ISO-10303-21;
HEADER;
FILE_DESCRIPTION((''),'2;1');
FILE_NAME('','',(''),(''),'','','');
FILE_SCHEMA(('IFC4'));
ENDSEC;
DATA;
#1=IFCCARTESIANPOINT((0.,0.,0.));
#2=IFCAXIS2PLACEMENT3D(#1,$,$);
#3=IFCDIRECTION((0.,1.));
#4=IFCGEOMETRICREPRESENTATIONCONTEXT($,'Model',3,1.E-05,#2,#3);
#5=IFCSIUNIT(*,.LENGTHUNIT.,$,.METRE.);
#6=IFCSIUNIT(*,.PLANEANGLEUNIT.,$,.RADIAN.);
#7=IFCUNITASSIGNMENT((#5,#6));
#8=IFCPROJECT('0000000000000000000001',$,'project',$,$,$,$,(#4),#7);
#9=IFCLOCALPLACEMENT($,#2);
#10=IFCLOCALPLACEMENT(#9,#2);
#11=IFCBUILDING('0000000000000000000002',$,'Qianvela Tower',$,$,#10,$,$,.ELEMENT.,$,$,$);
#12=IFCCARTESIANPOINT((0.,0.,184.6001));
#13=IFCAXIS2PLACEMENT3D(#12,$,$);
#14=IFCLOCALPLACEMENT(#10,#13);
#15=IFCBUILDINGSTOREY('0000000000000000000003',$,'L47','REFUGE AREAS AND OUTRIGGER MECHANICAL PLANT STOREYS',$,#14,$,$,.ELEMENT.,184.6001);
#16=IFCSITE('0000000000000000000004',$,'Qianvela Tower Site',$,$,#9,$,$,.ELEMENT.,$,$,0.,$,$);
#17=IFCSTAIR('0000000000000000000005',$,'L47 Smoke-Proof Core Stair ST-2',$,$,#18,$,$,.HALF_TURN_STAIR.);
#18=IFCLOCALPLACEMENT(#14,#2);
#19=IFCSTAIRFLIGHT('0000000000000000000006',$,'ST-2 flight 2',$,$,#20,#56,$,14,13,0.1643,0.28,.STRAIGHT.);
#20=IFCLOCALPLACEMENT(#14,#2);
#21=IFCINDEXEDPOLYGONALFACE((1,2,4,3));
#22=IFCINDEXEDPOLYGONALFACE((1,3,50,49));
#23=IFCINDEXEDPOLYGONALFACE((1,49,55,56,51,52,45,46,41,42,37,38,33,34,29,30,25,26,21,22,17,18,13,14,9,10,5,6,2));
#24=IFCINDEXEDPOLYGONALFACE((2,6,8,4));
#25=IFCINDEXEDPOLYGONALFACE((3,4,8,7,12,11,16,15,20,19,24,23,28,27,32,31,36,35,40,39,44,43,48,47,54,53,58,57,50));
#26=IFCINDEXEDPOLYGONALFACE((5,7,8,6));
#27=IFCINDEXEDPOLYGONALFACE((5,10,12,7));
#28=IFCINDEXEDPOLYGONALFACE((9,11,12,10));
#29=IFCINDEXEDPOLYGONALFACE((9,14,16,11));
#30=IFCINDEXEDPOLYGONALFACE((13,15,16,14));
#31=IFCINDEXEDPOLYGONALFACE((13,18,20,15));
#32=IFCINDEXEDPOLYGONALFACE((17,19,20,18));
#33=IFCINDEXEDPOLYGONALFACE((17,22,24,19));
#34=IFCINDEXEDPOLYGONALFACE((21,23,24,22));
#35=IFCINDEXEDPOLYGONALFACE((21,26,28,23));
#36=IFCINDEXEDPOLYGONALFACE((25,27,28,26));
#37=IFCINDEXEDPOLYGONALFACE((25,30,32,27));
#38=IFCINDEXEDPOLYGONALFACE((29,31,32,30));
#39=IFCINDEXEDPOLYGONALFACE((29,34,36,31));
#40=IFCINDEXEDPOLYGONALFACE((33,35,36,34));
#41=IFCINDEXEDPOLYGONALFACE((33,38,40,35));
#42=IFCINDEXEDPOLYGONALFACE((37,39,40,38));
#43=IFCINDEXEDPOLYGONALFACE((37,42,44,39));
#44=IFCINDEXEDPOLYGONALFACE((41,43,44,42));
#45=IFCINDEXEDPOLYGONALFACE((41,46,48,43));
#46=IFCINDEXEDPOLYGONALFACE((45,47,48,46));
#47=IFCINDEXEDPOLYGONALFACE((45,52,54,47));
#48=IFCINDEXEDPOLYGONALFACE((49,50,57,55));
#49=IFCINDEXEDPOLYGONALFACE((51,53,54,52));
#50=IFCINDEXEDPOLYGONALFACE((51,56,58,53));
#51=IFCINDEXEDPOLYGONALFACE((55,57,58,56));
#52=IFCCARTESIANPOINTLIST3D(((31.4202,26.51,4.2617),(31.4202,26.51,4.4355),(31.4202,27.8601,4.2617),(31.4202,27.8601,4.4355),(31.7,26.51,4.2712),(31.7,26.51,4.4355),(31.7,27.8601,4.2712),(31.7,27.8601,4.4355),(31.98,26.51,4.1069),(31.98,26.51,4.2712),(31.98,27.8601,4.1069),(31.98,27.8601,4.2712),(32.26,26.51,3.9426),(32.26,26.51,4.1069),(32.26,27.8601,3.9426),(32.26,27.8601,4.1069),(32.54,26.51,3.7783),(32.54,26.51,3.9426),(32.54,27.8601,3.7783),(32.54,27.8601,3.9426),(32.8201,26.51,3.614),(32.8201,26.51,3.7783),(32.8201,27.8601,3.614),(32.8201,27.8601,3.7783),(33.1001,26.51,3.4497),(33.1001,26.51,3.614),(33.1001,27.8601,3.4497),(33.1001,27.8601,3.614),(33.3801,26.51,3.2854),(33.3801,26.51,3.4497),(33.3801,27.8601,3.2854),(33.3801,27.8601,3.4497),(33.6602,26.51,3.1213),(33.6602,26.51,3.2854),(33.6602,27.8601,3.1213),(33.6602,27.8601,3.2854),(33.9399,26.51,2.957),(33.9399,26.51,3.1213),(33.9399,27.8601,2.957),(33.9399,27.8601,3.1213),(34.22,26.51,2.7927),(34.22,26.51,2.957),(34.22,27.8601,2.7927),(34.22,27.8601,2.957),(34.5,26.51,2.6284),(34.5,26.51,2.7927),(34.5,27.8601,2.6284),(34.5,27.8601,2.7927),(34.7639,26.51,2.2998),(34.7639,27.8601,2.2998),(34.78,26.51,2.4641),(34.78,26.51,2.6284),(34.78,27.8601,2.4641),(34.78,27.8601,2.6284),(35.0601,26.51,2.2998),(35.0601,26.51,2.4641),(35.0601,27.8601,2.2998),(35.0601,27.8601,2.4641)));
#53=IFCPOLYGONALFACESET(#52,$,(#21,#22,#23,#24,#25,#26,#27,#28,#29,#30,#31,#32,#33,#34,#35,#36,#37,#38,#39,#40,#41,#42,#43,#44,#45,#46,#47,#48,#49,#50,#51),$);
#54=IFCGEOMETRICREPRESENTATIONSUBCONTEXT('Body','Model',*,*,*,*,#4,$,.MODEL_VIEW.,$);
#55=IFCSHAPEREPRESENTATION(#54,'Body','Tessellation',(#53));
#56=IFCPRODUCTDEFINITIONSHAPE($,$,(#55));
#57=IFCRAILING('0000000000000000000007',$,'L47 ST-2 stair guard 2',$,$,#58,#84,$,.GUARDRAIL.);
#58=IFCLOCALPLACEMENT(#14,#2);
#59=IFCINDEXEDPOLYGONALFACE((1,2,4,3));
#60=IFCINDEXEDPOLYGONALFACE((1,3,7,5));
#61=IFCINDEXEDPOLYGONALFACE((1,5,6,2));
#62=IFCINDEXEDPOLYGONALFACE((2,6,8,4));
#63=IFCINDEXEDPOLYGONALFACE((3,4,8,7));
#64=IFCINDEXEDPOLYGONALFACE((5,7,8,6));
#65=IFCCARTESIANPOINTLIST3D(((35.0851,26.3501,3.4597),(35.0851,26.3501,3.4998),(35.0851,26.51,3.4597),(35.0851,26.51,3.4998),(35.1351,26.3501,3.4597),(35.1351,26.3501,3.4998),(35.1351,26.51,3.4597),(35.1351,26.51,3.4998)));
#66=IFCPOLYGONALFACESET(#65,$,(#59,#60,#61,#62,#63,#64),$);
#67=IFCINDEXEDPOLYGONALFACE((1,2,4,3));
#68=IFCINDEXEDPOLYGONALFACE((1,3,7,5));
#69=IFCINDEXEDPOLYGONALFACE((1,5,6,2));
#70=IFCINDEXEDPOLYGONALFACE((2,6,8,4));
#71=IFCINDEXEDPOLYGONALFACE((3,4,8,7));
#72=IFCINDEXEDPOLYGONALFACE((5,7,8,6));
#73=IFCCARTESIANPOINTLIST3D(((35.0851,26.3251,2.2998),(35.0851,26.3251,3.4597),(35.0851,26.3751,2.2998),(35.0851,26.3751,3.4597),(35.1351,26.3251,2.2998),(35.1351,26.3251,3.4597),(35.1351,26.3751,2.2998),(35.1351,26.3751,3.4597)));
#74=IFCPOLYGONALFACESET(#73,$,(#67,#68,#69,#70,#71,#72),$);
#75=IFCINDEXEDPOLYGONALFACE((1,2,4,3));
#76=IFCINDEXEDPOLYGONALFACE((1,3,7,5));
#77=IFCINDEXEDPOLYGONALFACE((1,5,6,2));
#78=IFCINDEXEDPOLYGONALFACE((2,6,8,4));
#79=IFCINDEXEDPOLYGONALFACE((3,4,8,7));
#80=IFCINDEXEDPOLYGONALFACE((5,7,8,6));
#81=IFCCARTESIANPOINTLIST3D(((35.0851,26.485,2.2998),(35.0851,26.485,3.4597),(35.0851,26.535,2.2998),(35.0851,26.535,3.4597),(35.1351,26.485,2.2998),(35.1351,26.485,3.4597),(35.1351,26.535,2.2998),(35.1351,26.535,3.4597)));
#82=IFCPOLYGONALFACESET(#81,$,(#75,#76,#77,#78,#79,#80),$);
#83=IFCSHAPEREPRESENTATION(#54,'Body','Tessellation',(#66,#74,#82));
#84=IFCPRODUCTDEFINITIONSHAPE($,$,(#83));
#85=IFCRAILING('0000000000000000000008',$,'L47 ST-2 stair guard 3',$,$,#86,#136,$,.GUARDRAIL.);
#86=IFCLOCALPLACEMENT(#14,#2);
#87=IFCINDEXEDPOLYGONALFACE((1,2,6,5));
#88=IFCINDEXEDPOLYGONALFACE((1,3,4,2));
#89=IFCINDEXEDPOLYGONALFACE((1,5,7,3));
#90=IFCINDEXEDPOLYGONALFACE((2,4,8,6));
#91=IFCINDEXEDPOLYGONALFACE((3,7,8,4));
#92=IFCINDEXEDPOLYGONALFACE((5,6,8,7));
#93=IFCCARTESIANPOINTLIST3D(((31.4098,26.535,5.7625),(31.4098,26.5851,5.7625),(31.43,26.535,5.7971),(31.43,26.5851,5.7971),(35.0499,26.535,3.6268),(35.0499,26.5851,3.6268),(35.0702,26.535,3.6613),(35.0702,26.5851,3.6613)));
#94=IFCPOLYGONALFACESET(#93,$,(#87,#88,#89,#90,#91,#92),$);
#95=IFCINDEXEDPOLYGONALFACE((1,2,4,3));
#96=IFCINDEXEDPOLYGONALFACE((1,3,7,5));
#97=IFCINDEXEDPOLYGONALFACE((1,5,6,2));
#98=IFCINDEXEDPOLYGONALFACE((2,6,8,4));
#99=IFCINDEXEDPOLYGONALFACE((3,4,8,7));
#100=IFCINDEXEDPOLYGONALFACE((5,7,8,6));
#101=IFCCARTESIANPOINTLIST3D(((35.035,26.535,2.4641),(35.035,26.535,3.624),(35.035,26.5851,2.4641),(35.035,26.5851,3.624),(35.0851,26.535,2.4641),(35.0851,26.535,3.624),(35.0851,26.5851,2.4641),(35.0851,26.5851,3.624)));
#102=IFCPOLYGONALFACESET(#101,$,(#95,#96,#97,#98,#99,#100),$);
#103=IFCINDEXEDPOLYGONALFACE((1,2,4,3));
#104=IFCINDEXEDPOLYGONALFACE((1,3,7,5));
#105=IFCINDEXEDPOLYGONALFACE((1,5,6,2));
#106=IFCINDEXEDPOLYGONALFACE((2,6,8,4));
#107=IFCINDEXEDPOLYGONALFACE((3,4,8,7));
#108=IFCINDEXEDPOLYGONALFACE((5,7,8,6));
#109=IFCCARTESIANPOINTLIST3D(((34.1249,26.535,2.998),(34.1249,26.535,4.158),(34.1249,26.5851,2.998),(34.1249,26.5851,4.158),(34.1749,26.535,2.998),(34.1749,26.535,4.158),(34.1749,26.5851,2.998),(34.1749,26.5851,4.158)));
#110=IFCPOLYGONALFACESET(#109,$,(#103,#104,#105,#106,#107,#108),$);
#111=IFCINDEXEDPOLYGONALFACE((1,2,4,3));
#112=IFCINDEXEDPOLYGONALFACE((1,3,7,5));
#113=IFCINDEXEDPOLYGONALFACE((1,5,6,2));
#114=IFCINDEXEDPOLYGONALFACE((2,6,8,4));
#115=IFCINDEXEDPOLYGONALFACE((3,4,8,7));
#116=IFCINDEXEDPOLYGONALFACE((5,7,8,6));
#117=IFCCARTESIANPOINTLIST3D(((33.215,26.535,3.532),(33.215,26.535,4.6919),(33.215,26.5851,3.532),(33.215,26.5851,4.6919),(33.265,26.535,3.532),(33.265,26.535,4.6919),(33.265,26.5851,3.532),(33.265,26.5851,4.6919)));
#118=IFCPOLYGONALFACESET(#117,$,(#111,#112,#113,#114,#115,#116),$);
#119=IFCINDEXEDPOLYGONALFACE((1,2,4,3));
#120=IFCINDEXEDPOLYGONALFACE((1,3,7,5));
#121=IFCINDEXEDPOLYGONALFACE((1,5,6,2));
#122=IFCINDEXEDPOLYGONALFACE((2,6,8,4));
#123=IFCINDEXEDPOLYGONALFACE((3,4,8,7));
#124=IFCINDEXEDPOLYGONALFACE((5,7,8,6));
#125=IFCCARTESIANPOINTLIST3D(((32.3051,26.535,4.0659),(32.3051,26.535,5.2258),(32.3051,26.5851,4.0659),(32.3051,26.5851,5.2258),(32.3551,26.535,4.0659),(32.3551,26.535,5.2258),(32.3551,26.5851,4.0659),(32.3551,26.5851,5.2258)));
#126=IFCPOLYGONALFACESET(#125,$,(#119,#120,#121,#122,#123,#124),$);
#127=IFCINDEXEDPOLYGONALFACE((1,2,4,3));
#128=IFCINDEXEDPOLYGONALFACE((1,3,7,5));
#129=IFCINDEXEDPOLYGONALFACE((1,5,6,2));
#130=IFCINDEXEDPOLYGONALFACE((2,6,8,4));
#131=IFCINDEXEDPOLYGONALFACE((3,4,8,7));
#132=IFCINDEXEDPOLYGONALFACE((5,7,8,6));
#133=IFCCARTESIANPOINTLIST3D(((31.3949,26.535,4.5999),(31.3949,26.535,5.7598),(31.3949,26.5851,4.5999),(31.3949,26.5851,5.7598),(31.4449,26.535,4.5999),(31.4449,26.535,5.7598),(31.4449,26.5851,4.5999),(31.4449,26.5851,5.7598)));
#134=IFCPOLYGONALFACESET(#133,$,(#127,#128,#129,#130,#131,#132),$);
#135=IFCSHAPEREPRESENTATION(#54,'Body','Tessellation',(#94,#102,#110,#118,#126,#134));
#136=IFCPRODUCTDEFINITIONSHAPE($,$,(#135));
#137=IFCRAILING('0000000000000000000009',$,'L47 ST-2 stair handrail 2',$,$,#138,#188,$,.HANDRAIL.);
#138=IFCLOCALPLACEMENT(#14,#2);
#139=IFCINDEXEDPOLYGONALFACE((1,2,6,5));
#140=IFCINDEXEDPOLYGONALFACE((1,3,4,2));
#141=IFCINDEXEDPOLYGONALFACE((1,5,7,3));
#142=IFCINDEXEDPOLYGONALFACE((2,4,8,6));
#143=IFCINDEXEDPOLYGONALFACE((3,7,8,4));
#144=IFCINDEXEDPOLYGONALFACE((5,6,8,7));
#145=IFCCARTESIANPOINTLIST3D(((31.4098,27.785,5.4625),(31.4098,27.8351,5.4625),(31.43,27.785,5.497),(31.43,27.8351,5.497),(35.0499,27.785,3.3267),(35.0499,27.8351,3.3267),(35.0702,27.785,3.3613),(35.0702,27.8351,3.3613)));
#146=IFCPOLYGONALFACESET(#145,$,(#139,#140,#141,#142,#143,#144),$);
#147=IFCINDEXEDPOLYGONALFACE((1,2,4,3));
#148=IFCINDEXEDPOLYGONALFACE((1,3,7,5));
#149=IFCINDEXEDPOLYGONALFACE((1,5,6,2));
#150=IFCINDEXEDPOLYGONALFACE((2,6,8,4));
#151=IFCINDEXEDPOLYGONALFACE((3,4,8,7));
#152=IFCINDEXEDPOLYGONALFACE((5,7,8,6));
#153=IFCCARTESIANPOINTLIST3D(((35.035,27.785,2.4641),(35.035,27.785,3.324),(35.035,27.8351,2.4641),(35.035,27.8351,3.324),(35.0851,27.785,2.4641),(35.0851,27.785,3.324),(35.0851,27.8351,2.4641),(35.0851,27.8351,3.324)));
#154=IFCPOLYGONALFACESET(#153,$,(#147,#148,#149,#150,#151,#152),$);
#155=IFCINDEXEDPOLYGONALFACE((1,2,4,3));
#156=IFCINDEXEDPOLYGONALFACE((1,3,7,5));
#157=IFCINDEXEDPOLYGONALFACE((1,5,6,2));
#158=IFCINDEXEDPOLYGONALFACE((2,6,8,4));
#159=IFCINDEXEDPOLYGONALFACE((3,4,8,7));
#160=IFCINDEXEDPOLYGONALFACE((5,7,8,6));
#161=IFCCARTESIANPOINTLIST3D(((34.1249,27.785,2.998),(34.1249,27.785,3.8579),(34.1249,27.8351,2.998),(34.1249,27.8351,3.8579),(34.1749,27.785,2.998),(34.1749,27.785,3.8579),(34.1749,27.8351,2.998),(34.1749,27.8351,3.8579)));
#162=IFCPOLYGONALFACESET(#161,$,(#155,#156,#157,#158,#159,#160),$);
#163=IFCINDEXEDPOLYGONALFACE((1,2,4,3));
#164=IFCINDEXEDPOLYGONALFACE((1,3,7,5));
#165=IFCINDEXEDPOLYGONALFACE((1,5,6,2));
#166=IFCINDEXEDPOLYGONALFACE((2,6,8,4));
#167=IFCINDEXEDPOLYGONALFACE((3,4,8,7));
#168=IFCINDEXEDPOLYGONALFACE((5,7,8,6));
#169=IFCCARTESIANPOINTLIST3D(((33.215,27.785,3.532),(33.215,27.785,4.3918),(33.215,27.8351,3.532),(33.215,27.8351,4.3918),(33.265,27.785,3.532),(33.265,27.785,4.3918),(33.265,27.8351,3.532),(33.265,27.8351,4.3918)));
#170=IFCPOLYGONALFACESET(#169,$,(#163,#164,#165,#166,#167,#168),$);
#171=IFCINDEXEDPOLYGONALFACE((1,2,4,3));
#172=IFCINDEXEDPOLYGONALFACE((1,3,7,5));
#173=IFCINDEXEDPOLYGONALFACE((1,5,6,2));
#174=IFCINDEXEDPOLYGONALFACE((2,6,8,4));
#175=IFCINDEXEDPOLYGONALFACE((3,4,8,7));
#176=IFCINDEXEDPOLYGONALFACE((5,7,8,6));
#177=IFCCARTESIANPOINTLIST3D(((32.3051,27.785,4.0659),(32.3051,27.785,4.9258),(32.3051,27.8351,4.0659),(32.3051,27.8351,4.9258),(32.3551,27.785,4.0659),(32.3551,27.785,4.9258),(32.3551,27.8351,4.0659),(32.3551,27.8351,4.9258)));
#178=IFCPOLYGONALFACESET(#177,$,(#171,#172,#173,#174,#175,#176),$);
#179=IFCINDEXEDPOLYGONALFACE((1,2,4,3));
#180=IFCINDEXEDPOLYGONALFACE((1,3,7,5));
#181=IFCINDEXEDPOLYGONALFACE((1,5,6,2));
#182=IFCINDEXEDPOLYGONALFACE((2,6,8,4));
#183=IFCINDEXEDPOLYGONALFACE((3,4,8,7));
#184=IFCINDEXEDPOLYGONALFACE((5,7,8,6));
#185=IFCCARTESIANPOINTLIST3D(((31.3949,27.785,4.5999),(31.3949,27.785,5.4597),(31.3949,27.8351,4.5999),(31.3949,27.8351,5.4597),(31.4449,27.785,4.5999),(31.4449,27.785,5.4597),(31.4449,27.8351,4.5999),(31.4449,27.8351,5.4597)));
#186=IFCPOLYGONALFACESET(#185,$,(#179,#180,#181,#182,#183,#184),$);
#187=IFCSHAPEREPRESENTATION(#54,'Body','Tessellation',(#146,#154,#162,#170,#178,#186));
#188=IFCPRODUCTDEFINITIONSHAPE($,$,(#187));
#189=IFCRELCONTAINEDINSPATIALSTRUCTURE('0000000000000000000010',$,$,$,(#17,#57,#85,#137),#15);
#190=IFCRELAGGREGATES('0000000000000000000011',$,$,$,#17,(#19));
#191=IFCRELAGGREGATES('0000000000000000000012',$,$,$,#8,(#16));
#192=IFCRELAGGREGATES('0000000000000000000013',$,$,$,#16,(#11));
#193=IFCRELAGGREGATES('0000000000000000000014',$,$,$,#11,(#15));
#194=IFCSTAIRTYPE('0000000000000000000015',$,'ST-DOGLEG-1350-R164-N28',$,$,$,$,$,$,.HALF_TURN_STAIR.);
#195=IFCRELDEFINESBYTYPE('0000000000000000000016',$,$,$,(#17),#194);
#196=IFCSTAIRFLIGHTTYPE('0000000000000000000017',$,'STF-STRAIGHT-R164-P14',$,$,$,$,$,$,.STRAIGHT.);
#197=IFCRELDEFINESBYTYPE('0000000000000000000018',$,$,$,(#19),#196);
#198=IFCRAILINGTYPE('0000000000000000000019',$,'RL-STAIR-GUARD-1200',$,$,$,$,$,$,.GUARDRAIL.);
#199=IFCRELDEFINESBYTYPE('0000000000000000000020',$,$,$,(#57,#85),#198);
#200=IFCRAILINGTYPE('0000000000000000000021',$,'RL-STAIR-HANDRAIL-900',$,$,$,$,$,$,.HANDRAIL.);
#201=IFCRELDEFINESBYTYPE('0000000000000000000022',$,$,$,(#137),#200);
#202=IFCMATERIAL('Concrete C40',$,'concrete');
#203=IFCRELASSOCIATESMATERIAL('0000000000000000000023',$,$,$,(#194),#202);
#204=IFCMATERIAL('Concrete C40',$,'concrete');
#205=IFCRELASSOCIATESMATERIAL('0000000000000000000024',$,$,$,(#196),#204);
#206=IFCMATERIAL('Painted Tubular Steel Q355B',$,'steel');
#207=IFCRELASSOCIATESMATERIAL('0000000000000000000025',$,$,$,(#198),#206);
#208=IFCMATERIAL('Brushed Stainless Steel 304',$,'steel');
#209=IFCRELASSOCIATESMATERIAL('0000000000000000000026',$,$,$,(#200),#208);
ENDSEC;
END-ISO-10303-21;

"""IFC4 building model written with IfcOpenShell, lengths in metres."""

from ifc_helpers import new_model, si_unit, direction, frame, origin, origin_2d, place, context, subcontext, project, spatial, polyline, rectangle, outline, extrude, material, type_object, element, aggregate, save


model = new_model("IFC4")

# Units and contexts
model_context = context("Model", 3, precision=1e-05, world=origin(), true_north=direction((0.0, 1.0)))
body_context = subcontext(model_context, "Body", "Model", "MODEL_VIEW")
ifc_project = project(units=[si_unit("LENGTHUNIT", "METRE"), si_unit("PLANEANGLEUNIT", "RADIAN")], contexts=[model_context])

# Site, building, storey
site_placement = place(None, origin())
site = spatial("IfcSite", under=ifc_project, at=site_placement, Name="Qianvela Tower Site", CompositionType="ELEMENT", RefElevation=0.0)
building_placement = place(site_placement, origin())
building = spatial("IfcBuilding", under=site, at=building_placement, Name="Qianvela Tower", CompositionType="ELEMENT")
storey_placement = place(building_placement, frame((0.0, 0.0, 184.6001)))
storey = spatial("IfcBuildingStorey", under=building, at=storey_placement, Name="L47", Description="REFUGE AREAS AND OUTRIGGER MECHANICAL PLANT STOREYS", CompositionType="ELEMENT", Elevation=184.6001)

# Stair, stair flight
ifc_material_1 = material(Name="Concrete C40", Category="concrete")
stair_type = type_object("IfcStairType", Name="ST-DOGLEG-1350-R164-N28", PredefinedType="HALF_TURN_STAIR", material=ifc_material_1)
stair_placement = place(storey_placement, origin())
stair = element("IfcStair", 1, at=stair_placement, inside=storey, type_object=stair_type, Name="L47 Smoke-Proof Core Stair ST-2", PredefinedType="HALF_TURN_STAIR")
ifc_material_2 = material(Name="Concrete C40", Category="concrete")
stair_flight_type = type_object("IfcStairFlightType", Name="STF-STRAIGHT-R164-P14", PredefinedType="STRAIGHT", material=ifc_material_2)
stair_flight_placement = place(storey_placement, frame((35.0601, 27.1851, 2.2998), z_axis=(0.0, 0.0, 1.0), x_axis=(-1.0, 0.0, 0.0)))
stair_flight = element("IfcStairFlight", 2, at=stair_flight_placement, type_object=stair_flight_type, Name="ST-2 flight 2", NumberOfRisers=14, NumberOfTreads=13, PredefinedType="STRAIGHT", RiserHeight=0.1643, TreadLength=0.28, context=body_context, shape_type="SweptSolid", body=[
    extrude(outline(polyline([(0.0, 0.0), (0.0, 0.1643), (0.28, 0.1643), (0.28, 0.3286), (0.5601, 0.3286), (0.5601, 0.4929), (0.8401, 0.4929), (0.8401, 0.6572), (1.1201, 0.6572), (1.1201, 0.8215), (1.3999, 0.8215), (1.3999, 0.9856), (1.6799, 0.9856), (1.6799, 1.1499), (1.96, 1.1499), (1.96, 1.3142), (2.24, 1.3142), (2.24, 1.4785), (2.52, 1.4785), (2.52, 1.6428), (2.8, 1.6428), (2.8, 1.8071), (3.0801, 1.8071), (3.0801, 1.9714), (3.3601, 1.9714), (3.3601, 2.1357), (3.6399, 2.1357), (3.6399, 2.3), (3.6399, 1.9619), (0.2961, 0.0), (0.0, 0.0)])), frame((0.0, 0.675, 0.0), z_axis=(0.0, -1.0, 0.0), x_axis=(1.0, 0.0, 0.0)), (0.0, 0.0, 1.0), 1.3501),
])
aggregate(stair, [stair_flight])

# Railings
ifc_material_3 = material(Name="Painted Tubular Steel Q355B", Category="steel")
railing_type_1 = type_object("IfcRailingType", Name="RL-STAIR-GUARD-1200", PredefinedType="GUARDRAIL", material=ifc_material_3)
railing_1_placement = place(storey_placement, frame((35.1101, 26.3501, 2.2998)))
element("IfcRailing", 3, at=railing_1_placement, inside=storey, type_object=railing_type_1, Name="L47 ST-2 stair guard 2", PredefinedType="GUARDRAIL", context=body_context, shape_type="SweptSolid", body=[
    extrude(rectangle(XDim=0.05, YDim=0.04, at=origin_2d()), frame((0.0, 0.0, 1.1799), z_axis=(0.0, 1.0, 0.0), x_axis=(-1.0, 0.0, 0.0)), (0.0, 0.0, 1.0), 0.1599),
    extrude(rectangle(XDim=0.05, YDim=0.05, at=origin_2d()), origin(), (0.0, 0.0, 1.0), 1.1599),
    extrude(rectangle(XDim=0.05, YDim=0.05, at=origin_2d()), frame((0.0, 0.1599, 0.0)), (0.0, 0.0, 1.0), 1.1599),
])
railing_2_placement = place(storey_placement, frame((35.0601, 26.5601, 2.4641)))
element("IfcRailing", 4, at=railing_2_placement, inside=storey, type_object=railing_type_1, Name="L47 ST-2 stair guard 3", PredefinedType="GUARDRAIL", context=body_context, shape_type="SweptSolid", body=[
    extrude(rectangle(XDim=0.05, YDim=0.04, at=origin_2d()), frame((0.0, 0.0, 1.1799), z_axis=(-0.862505, 0.0, 0.506049), x_axis=(0.0, -1.0, 0.0)), (0.0, 0.0, 1.0), 4.2205),
    extrude(rectangle(XDim=0.05, YDim=0.05, at=origin_2d()), origin(), (0.0, 0.0, 1.0), 1.1599),
    extrude(rectangle(XDim=0.05, YDim=0.05, at=origin_2d()), frame((-0.9102, 0.0, 0.5339)), (0.0, 0.0, 1.0), 1.1599),
    extrude(rectangle(XDim=0.05, YDim=0.05, at=origin_2d()), frame((-1.8201, 0.0, 1.0679)), (0.0, 0.0, 1.0), 1.1599),
    extrude(rectangle(XDim=0.05, YDim=0.05, at=origin_2d()), frame((-2.73, 0.0, 1.6018)), (0.0, 0.0, 1.0), 1.1599),
    extrude(rectangle(XDim=0.05, YDim=0.05, at=origin_2d()), frame((-3.6401, 0.0, 2.1357)), (0.0, 0.0, 1.0), 1.1599),
])
ifc_material_4 = material(Name="Brushed Stainless Steel 304", Category="steel")
railing_type_2 = type_object("IfcRailingType", Name="RL-STAIR-HANDRAIL-900", PredefinedType="HANDRAIL", material=ifc_material_4)
railing_3_placement = place(storey_placement, frame((35.0601, 27.8101, 2.4641)))
element("IfcRailing", 5, at=railing_3_placement, inside=storey, type_object=railing_type_2, Name="L47 ST-2 stair handrail 2", PredefinedType="HANDRAIL", context=body_context, shape_type="SweptSolid", body=[
    extrude(rectangle(XDim=0.05, YDim=0.04, at=origin_2d()), frame((0.0, 0.0, 0.8799), z_axis=(-0.862505, 0.0, 0.506049), x_axis=(0.0, -1.0, 0.0)), (0.0, 0.0, 1.0), 4.2205),
    extrude(rectangle(XDim=0.05, YDim=0.05, at=origin_2d()), origin(), (0.0, 0.0, 1.0), 0.8599),
    extrude(rectangle(XDim=0.05, YDim=0.05, at=origin_2d()), frame((-0.9102, 0.0, 0.5339)), (0.0, 0.0, 1.0), 0.8599),
    extrude(rectangle(XDim=0.05, YDim=0.05, at=origin_2d()), frame((-1.8201, 0.0, 1.0679)), (0.0, 0.0, 1.0), 0.8599),
    extrude(rectangle(XDim=0.05, YDim=0.05, at=origin_2d()), frame((-2.73, 0.0, 1.6018)), (0.0, 0.0, 1.0), 0.8599),
    extrude(rectangle(XDim=0.05, YDim=0.05, at=origin_2d()), frame((-3.6401, 0.0, 2.1357)), (0.0, 0.0, 1.0), 0.8599),
])

save(model, "model.ifc")
